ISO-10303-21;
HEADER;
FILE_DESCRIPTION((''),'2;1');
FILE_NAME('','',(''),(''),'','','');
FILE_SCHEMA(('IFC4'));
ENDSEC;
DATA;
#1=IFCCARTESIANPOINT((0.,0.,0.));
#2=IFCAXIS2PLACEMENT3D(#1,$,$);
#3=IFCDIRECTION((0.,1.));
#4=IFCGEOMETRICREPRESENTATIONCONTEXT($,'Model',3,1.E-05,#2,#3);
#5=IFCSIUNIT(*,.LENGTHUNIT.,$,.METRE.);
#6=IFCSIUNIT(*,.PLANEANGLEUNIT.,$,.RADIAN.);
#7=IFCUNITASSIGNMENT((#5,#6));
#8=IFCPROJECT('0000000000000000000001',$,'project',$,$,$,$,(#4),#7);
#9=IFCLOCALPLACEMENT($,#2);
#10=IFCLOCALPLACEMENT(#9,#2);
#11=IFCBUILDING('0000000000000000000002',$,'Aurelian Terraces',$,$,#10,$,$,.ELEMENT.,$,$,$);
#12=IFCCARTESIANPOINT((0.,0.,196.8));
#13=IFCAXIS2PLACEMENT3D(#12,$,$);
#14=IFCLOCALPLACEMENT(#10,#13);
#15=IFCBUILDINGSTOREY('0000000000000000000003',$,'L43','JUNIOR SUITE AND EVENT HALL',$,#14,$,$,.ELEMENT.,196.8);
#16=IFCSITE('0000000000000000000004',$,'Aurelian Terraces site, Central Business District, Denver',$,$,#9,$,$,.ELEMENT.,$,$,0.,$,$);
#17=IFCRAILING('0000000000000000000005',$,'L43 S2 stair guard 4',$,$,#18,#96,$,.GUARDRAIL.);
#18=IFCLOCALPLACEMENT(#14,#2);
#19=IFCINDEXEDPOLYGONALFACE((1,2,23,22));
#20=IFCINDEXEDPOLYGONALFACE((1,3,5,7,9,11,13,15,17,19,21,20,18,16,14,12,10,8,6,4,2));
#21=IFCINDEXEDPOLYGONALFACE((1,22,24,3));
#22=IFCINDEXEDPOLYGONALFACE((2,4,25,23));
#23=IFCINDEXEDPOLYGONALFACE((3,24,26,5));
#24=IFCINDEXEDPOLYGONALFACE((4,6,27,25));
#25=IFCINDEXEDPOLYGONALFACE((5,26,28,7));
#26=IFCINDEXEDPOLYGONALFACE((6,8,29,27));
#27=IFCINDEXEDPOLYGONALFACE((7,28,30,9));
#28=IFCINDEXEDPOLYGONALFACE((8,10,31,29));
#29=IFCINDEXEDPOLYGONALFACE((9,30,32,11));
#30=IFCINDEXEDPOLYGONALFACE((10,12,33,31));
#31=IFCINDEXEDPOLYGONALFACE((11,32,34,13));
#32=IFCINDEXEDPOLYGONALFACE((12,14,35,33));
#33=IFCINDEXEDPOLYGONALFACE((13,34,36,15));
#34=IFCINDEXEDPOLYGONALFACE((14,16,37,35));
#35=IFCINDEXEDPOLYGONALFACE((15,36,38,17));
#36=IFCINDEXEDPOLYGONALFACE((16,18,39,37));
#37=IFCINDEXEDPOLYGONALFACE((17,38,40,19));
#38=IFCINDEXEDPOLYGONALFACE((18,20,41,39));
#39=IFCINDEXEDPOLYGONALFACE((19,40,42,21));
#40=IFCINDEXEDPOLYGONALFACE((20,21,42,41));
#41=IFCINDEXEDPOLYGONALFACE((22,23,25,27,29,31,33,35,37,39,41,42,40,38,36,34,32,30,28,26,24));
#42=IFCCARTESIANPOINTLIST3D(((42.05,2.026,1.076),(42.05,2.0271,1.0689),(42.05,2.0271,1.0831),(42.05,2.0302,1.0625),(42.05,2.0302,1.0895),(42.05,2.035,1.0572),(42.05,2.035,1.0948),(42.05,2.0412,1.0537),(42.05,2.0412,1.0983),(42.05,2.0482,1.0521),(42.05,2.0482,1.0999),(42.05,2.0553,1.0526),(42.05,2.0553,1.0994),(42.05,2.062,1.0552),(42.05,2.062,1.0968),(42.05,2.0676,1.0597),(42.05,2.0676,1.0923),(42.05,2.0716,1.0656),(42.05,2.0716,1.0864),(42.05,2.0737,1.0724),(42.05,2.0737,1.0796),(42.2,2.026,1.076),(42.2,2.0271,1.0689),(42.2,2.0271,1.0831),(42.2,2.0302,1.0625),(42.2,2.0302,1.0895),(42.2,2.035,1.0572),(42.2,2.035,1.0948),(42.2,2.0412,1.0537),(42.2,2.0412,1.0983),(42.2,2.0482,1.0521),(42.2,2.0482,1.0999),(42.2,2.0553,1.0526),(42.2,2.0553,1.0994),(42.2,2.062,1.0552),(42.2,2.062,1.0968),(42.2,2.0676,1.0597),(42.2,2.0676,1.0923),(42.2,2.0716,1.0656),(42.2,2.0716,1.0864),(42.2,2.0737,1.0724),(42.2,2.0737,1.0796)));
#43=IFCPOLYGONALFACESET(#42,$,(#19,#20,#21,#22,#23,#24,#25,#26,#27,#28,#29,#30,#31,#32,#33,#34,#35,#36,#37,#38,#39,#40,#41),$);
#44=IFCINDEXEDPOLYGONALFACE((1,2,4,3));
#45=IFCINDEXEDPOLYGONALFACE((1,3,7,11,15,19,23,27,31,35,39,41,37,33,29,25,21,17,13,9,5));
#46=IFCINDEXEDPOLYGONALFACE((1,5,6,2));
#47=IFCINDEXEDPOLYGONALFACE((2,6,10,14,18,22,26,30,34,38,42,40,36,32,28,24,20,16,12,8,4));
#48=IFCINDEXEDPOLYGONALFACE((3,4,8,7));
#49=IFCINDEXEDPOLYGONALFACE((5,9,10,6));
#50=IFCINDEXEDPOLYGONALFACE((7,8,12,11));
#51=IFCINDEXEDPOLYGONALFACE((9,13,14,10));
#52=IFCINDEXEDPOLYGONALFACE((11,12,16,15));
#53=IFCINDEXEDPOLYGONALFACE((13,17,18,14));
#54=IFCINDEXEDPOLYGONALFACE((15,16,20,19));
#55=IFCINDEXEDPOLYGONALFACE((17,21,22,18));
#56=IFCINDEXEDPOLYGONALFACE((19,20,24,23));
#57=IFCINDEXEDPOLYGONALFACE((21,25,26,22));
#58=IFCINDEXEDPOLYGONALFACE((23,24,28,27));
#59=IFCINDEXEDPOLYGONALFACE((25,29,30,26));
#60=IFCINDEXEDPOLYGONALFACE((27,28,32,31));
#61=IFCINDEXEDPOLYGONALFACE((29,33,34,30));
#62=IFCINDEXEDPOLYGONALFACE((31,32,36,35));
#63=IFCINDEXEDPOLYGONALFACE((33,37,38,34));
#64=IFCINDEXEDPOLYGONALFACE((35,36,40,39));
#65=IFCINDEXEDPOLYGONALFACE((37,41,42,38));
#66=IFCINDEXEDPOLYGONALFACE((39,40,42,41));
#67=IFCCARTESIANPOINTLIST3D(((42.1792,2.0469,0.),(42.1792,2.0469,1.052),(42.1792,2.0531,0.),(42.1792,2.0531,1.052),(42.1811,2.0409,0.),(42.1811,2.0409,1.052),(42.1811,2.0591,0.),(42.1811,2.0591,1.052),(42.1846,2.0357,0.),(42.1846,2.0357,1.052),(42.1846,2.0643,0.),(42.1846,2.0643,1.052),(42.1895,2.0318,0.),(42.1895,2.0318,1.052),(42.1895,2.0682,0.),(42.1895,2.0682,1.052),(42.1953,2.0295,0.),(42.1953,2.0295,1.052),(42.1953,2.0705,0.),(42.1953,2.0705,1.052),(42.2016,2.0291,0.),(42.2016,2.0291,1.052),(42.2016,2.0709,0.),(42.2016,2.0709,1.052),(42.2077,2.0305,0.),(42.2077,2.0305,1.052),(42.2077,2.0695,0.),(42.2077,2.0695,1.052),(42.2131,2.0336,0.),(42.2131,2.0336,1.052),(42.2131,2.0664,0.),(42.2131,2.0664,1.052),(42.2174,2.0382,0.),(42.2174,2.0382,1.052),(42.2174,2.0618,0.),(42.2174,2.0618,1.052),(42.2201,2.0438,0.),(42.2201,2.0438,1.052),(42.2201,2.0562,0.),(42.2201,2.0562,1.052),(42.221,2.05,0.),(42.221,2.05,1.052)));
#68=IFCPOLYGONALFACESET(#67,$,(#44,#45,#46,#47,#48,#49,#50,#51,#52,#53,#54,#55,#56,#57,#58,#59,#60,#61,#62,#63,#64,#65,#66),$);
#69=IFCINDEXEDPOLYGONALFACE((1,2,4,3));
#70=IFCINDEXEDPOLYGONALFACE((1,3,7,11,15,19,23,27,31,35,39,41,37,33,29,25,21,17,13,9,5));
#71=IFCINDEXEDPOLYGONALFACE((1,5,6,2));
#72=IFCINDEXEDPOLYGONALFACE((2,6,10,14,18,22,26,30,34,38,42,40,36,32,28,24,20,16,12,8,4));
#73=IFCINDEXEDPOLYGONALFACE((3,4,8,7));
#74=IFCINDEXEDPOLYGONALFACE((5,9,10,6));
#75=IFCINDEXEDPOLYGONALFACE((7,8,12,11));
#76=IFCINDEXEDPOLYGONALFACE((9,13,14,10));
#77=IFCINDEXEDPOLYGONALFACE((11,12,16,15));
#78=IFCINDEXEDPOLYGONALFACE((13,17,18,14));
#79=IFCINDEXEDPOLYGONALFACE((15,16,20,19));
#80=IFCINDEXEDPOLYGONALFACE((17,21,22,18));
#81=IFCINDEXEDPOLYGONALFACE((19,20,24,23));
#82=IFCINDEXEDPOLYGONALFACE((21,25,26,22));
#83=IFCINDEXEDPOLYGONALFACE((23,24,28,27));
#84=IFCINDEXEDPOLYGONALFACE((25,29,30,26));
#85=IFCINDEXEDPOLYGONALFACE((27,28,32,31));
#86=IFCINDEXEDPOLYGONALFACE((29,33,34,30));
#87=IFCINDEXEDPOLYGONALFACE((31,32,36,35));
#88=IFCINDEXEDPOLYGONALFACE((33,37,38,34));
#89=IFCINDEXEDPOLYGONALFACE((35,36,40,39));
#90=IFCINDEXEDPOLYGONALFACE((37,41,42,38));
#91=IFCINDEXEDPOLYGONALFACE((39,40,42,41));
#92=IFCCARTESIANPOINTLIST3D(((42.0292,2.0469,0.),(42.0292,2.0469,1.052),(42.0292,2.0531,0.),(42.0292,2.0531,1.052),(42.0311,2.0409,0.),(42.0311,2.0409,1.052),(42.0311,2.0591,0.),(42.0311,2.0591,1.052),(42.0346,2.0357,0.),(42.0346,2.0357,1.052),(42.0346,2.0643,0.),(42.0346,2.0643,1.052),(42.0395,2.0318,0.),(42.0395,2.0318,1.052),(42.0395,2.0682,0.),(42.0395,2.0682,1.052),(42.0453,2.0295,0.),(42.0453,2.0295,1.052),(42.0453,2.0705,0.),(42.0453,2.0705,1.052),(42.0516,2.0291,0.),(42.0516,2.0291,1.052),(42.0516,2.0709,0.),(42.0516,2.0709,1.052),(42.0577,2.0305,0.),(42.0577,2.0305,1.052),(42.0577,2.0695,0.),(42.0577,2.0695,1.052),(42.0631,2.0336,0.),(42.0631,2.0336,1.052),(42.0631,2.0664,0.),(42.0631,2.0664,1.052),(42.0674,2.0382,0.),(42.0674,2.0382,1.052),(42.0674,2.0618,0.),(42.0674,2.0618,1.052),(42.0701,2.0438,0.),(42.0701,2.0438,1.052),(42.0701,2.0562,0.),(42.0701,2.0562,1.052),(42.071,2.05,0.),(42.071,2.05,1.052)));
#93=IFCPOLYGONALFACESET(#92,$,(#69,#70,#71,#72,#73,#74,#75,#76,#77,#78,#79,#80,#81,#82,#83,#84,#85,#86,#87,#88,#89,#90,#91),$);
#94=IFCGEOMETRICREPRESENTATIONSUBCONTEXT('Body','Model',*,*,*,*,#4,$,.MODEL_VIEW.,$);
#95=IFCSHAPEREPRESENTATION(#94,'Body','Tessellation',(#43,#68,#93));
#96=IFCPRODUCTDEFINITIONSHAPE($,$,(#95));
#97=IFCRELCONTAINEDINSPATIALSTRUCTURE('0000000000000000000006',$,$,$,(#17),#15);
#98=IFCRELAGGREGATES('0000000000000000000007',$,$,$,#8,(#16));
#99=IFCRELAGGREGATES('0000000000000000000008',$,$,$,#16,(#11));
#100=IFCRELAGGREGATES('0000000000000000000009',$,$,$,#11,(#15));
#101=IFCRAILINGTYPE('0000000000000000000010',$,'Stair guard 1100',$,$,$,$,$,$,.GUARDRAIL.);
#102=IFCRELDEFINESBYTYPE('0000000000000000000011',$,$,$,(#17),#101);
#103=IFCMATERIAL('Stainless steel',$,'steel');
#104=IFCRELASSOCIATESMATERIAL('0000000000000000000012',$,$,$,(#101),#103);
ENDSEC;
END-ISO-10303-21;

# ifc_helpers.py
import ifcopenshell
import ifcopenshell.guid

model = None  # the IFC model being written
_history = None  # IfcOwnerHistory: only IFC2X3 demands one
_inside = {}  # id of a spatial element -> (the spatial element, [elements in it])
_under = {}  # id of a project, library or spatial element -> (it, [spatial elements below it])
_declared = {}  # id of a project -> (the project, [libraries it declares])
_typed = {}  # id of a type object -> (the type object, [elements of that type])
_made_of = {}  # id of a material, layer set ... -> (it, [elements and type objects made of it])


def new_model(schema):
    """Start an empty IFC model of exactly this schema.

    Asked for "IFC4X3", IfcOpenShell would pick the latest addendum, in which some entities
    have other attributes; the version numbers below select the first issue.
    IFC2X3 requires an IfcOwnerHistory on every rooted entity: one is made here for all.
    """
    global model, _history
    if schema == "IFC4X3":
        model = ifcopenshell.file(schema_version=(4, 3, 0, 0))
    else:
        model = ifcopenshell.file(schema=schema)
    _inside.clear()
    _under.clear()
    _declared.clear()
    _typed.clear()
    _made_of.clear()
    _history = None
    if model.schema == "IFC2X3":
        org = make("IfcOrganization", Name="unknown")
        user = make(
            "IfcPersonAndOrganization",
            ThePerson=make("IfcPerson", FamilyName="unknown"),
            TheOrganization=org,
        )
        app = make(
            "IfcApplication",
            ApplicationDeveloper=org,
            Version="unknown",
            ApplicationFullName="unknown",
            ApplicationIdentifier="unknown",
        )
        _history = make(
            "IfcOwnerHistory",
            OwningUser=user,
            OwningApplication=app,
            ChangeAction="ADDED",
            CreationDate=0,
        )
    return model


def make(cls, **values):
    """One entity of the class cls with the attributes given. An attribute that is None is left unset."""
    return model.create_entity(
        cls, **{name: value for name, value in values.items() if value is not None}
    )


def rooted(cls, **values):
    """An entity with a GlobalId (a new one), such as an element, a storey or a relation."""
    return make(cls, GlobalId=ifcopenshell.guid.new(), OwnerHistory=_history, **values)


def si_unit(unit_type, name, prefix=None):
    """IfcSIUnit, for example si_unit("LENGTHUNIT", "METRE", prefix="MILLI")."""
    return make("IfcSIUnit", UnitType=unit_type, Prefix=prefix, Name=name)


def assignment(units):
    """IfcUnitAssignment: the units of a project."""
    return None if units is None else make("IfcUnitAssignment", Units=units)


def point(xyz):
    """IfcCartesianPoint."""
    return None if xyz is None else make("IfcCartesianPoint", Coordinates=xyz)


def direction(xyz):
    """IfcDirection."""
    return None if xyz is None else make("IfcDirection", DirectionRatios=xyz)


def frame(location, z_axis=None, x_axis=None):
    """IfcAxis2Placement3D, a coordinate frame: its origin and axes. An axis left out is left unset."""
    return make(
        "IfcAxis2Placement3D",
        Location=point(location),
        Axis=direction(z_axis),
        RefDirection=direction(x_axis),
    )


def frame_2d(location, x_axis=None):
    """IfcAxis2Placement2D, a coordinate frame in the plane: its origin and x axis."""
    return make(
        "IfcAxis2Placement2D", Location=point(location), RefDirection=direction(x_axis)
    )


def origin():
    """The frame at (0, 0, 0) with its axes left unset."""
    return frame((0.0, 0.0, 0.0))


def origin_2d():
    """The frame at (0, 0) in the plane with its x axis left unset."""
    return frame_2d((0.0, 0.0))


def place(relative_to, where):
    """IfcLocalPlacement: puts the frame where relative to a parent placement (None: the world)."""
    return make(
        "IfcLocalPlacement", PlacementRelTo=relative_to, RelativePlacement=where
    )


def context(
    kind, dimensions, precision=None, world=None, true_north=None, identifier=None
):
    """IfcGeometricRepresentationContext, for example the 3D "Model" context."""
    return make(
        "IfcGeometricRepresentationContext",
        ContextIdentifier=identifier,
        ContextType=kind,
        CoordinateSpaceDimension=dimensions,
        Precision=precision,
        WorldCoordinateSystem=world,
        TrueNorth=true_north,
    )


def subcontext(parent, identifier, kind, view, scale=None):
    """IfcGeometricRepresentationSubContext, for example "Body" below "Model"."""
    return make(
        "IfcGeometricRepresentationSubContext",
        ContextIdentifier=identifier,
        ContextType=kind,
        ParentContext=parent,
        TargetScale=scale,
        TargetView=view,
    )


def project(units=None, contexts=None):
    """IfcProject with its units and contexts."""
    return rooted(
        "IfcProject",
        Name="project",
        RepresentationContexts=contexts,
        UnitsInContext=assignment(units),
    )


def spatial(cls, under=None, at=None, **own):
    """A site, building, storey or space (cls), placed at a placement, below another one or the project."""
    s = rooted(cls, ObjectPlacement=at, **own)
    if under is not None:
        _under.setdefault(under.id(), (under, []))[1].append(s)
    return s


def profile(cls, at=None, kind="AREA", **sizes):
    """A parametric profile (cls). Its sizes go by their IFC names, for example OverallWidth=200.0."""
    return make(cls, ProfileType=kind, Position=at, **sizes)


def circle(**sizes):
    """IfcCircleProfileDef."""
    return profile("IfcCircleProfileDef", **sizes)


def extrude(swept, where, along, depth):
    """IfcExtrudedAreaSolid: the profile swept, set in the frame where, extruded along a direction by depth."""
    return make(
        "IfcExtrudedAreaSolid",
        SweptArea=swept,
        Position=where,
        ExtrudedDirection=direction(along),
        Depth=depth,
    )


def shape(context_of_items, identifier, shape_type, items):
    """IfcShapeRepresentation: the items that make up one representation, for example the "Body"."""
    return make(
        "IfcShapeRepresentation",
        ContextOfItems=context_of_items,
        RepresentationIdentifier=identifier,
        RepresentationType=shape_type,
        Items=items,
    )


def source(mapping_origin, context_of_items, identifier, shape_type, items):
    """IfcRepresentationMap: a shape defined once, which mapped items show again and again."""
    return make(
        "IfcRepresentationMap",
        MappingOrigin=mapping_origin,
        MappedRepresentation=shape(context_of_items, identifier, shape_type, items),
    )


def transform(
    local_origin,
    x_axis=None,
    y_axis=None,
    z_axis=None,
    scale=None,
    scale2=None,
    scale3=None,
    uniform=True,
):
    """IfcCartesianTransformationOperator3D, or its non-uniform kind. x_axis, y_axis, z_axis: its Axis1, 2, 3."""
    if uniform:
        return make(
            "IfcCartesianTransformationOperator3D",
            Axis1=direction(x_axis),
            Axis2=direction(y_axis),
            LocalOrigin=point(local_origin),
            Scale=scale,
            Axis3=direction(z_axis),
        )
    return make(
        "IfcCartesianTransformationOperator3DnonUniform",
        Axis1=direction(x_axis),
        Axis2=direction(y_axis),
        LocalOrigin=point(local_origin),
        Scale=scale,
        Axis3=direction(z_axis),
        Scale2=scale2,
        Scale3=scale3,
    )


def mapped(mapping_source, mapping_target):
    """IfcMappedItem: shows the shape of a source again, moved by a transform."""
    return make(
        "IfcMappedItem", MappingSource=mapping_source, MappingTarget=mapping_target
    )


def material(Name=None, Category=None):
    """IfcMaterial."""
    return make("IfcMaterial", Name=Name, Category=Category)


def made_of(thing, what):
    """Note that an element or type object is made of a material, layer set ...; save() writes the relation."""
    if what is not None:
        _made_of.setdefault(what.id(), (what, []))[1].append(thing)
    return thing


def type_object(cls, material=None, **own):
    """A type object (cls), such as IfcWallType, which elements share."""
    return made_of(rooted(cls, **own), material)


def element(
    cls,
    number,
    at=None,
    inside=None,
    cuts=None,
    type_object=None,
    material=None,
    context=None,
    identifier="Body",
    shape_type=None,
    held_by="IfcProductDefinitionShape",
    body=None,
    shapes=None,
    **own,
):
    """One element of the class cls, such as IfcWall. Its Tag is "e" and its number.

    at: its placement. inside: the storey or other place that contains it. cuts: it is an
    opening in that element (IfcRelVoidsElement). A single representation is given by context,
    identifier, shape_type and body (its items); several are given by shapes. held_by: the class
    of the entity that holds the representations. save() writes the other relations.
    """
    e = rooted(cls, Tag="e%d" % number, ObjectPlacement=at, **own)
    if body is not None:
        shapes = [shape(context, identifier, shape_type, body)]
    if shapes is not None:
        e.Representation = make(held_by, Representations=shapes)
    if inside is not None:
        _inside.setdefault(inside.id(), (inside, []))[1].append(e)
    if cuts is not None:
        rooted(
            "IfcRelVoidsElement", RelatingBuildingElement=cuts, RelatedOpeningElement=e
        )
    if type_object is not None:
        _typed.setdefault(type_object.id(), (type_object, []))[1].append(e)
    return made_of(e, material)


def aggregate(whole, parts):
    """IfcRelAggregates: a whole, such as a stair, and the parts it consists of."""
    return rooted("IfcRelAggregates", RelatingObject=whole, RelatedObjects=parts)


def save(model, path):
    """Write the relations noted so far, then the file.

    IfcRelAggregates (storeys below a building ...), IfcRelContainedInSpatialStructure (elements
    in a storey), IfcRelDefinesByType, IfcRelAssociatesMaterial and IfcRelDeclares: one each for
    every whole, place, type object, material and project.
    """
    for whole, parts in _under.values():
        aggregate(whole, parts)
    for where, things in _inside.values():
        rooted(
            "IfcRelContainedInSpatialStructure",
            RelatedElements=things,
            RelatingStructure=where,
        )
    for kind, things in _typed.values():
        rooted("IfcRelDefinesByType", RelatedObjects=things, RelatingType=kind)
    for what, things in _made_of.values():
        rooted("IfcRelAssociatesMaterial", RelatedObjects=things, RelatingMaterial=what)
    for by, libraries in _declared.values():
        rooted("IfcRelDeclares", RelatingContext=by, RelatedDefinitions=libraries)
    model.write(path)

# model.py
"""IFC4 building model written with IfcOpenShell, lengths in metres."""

from ifc_helpers import new_model, si_unit, direction, frame, origin, origin_2d, place, context, subcontext, project, spatial, circle, extrude, source, transform, mapped, material, type_object, element, save


model = new_model("IFC4")

# Units and contexts
model_context = context("Model", 3, precision=1e-05, world=origin(), true_north=direction((0.0, 1.0)))
body_context = subcontext(model_context, "Body", "Model", "MODEL_VIEW")
ifc_project = project(units=[si_unit("LENGTHUNIT", "METRE"), si_unit("PLANEANGLEUNIT", "RADIAN")], contexts=[model_context])

# Site, building, storey
site_placement = place(None, origin())
site = spatial("IfcSite", under=ifc_project, at=site_placement, Name="Aurelian Terraces site, Central Business District, Denver", CompositionType="ELEMENT", RefElevation=0.0)
building_placement = place(site_placement, origin())
building = spatial("IfcBuilding", under=site, at=building_placement, Name="Aurelian Terraces", CompositionType="ELEMENT")
storey_placement = place(building_placement, frame((0.0, 0.0, 196.8)))
storey = spatial("IfcBuildingStorey", under=building, at=storey_placement, Name="L43", Description="JUNIOR SUITE AND EVENT HALL", CompositionType="ELEMENT", Elevation=196.8)

# Railing
ifc_material_1 = material(Name="Stainless steel", Category="steel")
railing_type_1 = type_object("IfcRailingType", Name="Stair guard 1100", PredefinedType="GUARDRAIL", material=ifc_material_1)
shared_shape_1 = source(origin(), body_context, "Body", "SweptSolid", [
    extrude(circle(Radius=0.024, at=origin_2d()), frame((0.0, 0.0, 1.076), z_axis=(-1.0, 0.0, 0.0), x_axis=(0.0, -1.0, 0.0)), (0.0, 0.0, 1.0), 0.15),
    extrude(circle(Radius=0.021, at=origin_2d()), origin(), (0.0, 0.0, 1.0), 1.052),
    extrude(circle(Radius=0.021, at=origin_2d()), frame((-0.15, 0.0, 0.0)), (0.0, 0.0, 1.0), 1.052),
])
for number, where, name in (
    (1, (42.2, 2.05, 0.0), "L43 S2 stair guard 4"),
):
    element("IfcRailing", number, at=place(storey_placement, frame(where)), inside=storey, type_object=railing_type_1, Name=name, PredefinedType="GUARDRAIL", context=body_context, shape_type="MappedRepresentation", body=[
        mapped(shared_shape_1, transform((0.0, 0.0, 0.0), scale=1.0)),
    ])

save(model, "model.ifc")
